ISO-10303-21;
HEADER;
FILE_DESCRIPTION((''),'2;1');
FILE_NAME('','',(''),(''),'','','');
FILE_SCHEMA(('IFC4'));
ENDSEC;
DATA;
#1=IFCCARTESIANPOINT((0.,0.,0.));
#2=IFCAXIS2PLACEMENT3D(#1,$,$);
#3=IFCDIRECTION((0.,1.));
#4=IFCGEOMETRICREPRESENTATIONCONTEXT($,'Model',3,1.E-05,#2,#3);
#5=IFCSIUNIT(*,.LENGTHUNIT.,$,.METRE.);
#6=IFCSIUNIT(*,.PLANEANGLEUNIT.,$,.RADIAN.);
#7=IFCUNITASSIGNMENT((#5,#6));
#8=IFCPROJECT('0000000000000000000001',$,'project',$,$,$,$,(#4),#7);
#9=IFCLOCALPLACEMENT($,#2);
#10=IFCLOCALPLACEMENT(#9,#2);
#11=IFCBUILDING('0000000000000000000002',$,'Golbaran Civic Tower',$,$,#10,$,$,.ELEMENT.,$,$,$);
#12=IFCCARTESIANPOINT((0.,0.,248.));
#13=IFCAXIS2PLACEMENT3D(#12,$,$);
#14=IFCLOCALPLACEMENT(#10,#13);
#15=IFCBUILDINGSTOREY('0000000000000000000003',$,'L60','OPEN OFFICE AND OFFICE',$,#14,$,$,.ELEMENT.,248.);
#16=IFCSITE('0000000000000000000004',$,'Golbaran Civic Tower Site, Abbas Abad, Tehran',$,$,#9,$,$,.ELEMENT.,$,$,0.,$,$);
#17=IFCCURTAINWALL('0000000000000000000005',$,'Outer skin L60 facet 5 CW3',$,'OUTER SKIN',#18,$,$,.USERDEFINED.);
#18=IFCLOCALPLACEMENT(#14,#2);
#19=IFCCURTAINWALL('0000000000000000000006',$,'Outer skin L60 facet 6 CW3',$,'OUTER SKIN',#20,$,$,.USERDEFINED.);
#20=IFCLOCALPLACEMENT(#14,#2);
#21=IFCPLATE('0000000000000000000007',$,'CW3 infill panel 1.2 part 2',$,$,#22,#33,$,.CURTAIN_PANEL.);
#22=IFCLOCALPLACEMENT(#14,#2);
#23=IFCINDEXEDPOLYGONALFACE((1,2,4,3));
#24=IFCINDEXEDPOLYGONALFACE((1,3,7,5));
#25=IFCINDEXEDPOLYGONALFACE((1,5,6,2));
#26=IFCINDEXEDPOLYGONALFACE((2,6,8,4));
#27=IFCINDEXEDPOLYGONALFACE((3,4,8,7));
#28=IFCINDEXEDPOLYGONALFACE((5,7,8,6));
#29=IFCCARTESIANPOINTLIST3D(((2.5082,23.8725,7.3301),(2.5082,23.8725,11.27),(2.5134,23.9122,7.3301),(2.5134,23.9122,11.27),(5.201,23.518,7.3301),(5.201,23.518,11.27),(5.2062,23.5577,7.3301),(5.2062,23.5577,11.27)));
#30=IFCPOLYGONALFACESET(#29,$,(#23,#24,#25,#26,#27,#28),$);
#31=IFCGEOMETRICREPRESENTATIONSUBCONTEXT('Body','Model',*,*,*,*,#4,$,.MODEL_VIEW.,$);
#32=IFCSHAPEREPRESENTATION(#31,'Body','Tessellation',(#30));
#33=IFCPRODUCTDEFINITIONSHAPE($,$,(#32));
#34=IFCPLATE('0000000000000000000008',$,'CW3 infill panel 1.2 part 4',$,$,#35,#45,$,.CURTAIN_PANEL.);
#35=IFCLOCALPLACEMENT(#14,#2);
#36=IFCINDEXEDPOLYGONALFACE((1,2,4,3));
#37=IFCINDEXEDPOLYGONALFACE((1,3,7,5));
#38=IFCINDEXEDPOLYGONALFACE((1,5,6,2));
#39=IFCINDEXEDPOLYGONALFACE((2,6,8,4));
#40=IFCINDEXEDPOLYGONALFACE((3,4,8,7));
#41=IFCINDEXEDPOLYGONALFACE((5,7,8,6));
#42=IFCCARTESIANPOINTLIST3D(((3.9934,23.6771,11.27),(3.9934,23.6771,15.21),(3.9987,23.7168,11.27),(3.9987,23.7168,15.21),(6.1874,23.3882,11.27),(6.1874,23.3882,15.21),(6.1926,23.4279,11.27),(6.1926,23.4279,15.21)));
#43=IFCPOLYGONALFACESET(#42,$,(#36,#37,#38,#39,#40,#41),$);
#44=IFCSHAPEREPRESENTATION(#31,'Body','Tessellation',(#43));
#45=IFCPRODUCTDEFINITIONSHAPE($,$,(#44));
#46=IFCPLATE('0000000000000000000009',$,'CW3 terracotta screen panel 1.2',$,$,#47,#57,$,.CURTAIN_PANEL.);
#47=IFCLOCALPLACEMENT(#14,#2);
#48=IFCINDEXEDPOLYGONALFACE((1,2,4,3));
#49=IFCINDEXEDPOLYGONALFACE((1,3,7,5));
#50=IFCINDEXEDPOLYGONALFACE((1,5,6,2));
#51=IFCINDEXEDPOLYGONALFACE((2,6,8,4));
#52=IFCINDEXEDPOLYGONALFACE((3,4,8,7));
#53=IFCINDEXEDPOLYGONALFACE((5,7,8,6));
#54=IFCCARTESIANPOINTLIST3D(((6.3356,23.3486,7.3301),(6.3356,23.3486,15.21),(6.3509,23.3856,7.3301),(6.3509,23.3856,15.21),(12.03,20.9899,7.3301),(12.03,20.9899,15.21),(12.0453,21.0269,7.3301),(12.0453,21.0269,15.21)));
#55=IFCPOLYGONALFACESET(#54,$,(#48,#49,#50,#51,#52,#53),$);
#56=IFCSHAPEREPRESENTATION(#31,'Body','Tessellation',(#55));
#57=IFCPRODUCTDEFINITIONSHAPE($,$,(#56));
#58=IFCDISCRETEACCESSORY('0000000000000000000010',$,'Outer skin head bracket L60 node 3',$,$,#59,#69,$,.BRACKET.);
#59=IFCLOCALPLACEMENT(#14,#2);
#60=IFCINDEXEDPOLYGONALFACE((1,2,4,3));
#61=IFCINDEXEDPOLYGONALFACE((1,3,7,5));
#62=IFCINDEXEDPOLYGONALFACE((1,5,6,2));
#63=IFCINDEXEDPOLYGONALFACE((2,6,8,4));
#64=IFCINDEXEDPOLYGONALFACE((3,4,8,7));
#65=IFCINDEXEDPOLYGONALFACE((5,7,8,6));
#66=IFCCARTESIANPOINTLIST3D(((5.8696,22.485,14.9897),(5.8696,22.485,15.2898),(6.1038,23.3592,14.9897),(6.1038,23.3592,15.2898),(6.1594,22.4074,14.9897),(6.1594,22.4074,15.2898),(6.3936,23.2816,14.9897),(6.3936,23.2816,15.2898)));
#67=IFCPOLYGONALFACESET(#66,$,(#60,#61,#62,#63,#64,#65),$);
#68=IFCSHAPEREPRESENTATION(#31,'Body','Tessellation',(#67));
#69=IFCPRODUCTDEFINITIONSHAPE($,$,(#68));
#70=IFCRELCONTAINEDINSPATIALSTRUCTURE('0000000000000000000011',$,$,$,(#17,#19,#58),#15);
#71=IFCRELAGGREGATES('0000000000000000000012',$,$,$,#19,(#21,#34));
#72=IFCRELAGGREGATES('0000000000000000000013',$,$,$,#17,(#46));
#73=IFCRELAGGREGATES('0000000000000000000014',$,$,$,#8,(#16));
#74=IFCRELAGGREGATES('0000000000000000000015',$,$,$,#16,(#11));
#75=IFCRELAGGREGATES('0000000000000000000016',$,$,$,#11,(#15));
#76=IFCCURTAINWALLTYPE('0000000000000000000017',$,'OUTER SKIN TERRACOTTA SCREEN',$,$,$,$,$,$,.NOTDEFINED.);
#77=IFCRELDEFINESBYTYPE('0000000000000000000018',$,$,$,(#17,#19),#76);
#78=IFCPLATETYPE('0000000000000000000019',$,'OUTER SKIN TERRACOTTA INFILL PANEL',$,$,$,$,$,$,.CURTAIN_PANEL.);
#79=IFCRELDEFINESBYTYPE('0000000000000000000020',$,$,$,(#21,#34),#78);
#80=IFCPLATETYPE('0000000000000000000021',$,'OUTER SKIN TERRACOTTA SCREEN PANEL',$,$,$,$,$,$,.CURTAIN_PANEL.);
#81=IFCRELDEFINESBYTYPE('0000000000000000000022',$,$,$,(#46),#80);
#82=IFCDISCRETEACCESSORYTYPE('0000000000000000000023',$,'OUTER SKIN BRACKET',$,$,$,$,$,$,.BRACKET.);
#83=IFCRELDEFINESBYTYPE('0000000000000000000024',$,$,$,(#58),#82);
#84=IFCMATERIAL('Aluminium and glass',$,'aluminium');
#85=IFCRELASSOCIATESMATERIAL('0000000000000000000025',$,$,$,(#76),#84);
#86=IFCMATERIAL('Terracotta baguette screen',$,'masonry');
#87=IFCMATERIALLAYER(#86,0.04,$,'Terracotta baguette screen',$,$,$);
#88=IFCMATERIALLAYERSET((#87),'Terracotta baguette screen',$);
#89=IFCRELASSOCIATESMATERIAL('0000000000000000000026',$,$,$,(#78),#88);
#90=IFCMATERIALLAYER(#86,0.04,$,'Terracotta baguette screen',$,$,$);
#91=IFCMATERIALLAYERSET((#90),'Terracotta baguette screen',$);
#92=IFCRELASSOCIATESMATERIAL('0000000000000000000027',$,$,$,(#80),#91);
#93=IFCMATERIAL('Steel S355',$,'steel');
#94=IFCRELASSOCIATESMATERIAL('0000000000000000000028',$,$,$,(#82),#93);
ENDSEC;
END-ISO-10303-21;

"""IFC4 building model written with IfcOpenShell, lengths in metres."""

from ifc_helpers import new_model, si_unit, direction, frame, origin, origin_2d, place, context, subcontext, project, spatial, rectangle, extrude, material, layer, layer_set, type_object, element, aggregate, save


model = new_model("IFC4")

# Units and contexts
model_context = context("Model", 3, precision=1e-05, world=origin(), true_north=direction((0.0, 1.0)))
body_context = subcontext(model_context, "Body", "Model", "MODEL_VIEW")
ifc_project = project(units=[si_unit("LENGTHUNIT", "METRE"), si_unit("PLANEANGLEUNIT", "RADIAN")], contexts=[model_context])

# Site, building, storey
site_placement = place(None, origin())
site = spatial("IfcSite", under=ifc_project, at=site_placement, Name="Golbaran Civic Tower Site, Abbas Abad, Tehran", CompositionType="ELEMENT", RefElevation=0.0)
building_placement = place(site_placement, origin())
building = spatial("IfcBuilding", under=site, at=building_placement, Name="Golbaran Civic Tower", CompositionType="ELEMENT")
storey_placement = place(building_placement, frame((0.0, 0.0, 248.0)))
storey = spatial("IfcBuildingStorey", under=building, at=storey_placement, Name="L60", Description="OPEN OFFICE AND OFFICE", CompositionType="ELEMENT", Elevation=248.0)

# Curtain walls
ifc_material_1 = material(Name="Aluminium and glass", Category="aluminium")
curtain_wall_type_1 = type_object("IfcCurtainWallType", Name="OUTER SKIN TERRACOTTA SCREEN", PredefinedType="NOTDEFINED", material=ifc_material_1)
curtain_wall_1_placement = place(storey_placement, origin())
curtain_wall_1 = element("IfcCurtainWall", 1, at=curtain_wall_1_placement, inside=storey, type_object=curtain_wall_type_1, Name="Outer skin L60 facet 5 CW3", ObjectType="OUTER SKIN", PredefinedType="USERDEFINED")
curtain_wall_2_placement = place(storey_placement, origin())
curtain_wall_2 = element("IfcCurtainWall", 2, at=curtain_wall_2_placement, inside=storey, type_object=curtain_wall_type_1, Name="Outer skin L60 facet 6 CW3", ObjectType="OUTER SKIN", PredefinedType="USERDEFINED")

# Plates
ifc_material_2 = material(Name="Terracotta baguette screen", Category="masonry")
ifc_layer_1 = layer(ifc_material_2, 0.04, Name="Terracotta baguette screen")
ifc_layer_set_1 = layer_set([ifc_layer_1], Name="Terracotta baguette screen")
plate_type_1 = type_object("IfcPlateType", Name="OUTER SKIN TERRACOTTA INFILL PANEL", PredefinedType="CURTAIN_PANEL", material=ifc_layer_set_1)
plate_1_placement = place(storey_placement, frame((3.8572, 23.7151, 7.3301), z_axis=(0.0, 0.0, 1.0), x_axis=(-0.991445, 0.130526, 0.0)))
plate_1 = element("IfcPlate", 3, at=plate_1_placement, type_object=plate_type_1, Name="CW3 infill panel 1.2 part 2", PredefinedType="CURTAIN_PANEL", context=body_context, shape_type="SweptSolid", body=[
    extrude(rectangle(XDim=2.7161, YDim=0.04, at=origin_2d()), origin(), (0.0, 0.0, 1.0), 3.9399),
])
plate_2_placement = place(storey_placement, frame((5.093, 23.5525, 11.27), z_axis=(0.0, 0.0, 1.0), x_axis=(-0.991445, 0.130526, 0.0)))
plate_2 = element("IfcPlate", 4, at=plate_2_placement, type_object=plate_type_1, Name="CW3 infill panel 1.2 part 4", PredefinedType="CURTAIN_PANEL", context=body_context, shape_type="SweptSolid", body=[
    extrude(rectangle(XDim=2.2129, YDim=0.04, at=origin_2d()), origin(), (0.0, 0.0, 1.0), 3.9399),
])
aggregate(curtain_wall_2, [plate_1, plate_2])
ifc_layer_2 = layer(ifc_material_2, 0.04, Name="Terracotta baguette screen")
ifc_layer_set_2 = layer_set([ifc_layer_2], Name="Terracotta baguette screen")
plate_type_2 = type_object("IfcPlateType", Name="OUTER SKIN TERRACOTTA SCREEN PANEL", PredefinedType="CURTAIN_PANEL", material=ifc_layer_set_2)
plate_3_placement = place(storey_placement, frame((9.1904, 22.1877, 7.3301), z_axis=(0.0, 0.0, 1.0), x_axis=(-0.92388, 0.382683, 0.0)))
plate_3 = element("IfcPlate", 5, at=plate_3_placement, type_object=plate_type_2, Name="CW3 terracotta screen panel 1.2", PredefinedType="CURTAIN_PANEL", context=body_context, shape_type="SweptSolid", body=[
    extrude(rectangle(XDim=6.1636, YDim=0.04, at=origin_2d()), origin(), (0.0, 0.0, 1.0), 7.8799),
])
aggregate(curtain_wall_1, [plate_3])

# Discrete accessory
ifc_material_3 = material(Name="Steel S355", Category="steel")
discrete_accessory_type = type_object("IfcDiscreteAccessoryType", Name="OUTER SKIN BRACKET", PredefinedType="BRACKET", material=ifc_material_3)
discrete_accessory_placement = place(storey_placement, frame((6.1316, 22.8833, 14.9897), z_axis=(0.0, 0.0, 1.0), x_axis=(0.258819, 0.965926, 0.0)))
element("IfcDiscreteAccessory", 6, at=discrete_accessory_placement, inside=storey, type_object=discrete_accessory_type, Name="Outer skin head bracket L60 node 3", PredefinedType="BRACKET", context=body_context, shape_type="SweptSolid", body=[
    extrude(rectangle(XDim=0.905, YDim=0.3, at=origin_2d()), origin(), (0.0, 0.0, 1.0), 0.3),
])

save(model, "model.ifc")
